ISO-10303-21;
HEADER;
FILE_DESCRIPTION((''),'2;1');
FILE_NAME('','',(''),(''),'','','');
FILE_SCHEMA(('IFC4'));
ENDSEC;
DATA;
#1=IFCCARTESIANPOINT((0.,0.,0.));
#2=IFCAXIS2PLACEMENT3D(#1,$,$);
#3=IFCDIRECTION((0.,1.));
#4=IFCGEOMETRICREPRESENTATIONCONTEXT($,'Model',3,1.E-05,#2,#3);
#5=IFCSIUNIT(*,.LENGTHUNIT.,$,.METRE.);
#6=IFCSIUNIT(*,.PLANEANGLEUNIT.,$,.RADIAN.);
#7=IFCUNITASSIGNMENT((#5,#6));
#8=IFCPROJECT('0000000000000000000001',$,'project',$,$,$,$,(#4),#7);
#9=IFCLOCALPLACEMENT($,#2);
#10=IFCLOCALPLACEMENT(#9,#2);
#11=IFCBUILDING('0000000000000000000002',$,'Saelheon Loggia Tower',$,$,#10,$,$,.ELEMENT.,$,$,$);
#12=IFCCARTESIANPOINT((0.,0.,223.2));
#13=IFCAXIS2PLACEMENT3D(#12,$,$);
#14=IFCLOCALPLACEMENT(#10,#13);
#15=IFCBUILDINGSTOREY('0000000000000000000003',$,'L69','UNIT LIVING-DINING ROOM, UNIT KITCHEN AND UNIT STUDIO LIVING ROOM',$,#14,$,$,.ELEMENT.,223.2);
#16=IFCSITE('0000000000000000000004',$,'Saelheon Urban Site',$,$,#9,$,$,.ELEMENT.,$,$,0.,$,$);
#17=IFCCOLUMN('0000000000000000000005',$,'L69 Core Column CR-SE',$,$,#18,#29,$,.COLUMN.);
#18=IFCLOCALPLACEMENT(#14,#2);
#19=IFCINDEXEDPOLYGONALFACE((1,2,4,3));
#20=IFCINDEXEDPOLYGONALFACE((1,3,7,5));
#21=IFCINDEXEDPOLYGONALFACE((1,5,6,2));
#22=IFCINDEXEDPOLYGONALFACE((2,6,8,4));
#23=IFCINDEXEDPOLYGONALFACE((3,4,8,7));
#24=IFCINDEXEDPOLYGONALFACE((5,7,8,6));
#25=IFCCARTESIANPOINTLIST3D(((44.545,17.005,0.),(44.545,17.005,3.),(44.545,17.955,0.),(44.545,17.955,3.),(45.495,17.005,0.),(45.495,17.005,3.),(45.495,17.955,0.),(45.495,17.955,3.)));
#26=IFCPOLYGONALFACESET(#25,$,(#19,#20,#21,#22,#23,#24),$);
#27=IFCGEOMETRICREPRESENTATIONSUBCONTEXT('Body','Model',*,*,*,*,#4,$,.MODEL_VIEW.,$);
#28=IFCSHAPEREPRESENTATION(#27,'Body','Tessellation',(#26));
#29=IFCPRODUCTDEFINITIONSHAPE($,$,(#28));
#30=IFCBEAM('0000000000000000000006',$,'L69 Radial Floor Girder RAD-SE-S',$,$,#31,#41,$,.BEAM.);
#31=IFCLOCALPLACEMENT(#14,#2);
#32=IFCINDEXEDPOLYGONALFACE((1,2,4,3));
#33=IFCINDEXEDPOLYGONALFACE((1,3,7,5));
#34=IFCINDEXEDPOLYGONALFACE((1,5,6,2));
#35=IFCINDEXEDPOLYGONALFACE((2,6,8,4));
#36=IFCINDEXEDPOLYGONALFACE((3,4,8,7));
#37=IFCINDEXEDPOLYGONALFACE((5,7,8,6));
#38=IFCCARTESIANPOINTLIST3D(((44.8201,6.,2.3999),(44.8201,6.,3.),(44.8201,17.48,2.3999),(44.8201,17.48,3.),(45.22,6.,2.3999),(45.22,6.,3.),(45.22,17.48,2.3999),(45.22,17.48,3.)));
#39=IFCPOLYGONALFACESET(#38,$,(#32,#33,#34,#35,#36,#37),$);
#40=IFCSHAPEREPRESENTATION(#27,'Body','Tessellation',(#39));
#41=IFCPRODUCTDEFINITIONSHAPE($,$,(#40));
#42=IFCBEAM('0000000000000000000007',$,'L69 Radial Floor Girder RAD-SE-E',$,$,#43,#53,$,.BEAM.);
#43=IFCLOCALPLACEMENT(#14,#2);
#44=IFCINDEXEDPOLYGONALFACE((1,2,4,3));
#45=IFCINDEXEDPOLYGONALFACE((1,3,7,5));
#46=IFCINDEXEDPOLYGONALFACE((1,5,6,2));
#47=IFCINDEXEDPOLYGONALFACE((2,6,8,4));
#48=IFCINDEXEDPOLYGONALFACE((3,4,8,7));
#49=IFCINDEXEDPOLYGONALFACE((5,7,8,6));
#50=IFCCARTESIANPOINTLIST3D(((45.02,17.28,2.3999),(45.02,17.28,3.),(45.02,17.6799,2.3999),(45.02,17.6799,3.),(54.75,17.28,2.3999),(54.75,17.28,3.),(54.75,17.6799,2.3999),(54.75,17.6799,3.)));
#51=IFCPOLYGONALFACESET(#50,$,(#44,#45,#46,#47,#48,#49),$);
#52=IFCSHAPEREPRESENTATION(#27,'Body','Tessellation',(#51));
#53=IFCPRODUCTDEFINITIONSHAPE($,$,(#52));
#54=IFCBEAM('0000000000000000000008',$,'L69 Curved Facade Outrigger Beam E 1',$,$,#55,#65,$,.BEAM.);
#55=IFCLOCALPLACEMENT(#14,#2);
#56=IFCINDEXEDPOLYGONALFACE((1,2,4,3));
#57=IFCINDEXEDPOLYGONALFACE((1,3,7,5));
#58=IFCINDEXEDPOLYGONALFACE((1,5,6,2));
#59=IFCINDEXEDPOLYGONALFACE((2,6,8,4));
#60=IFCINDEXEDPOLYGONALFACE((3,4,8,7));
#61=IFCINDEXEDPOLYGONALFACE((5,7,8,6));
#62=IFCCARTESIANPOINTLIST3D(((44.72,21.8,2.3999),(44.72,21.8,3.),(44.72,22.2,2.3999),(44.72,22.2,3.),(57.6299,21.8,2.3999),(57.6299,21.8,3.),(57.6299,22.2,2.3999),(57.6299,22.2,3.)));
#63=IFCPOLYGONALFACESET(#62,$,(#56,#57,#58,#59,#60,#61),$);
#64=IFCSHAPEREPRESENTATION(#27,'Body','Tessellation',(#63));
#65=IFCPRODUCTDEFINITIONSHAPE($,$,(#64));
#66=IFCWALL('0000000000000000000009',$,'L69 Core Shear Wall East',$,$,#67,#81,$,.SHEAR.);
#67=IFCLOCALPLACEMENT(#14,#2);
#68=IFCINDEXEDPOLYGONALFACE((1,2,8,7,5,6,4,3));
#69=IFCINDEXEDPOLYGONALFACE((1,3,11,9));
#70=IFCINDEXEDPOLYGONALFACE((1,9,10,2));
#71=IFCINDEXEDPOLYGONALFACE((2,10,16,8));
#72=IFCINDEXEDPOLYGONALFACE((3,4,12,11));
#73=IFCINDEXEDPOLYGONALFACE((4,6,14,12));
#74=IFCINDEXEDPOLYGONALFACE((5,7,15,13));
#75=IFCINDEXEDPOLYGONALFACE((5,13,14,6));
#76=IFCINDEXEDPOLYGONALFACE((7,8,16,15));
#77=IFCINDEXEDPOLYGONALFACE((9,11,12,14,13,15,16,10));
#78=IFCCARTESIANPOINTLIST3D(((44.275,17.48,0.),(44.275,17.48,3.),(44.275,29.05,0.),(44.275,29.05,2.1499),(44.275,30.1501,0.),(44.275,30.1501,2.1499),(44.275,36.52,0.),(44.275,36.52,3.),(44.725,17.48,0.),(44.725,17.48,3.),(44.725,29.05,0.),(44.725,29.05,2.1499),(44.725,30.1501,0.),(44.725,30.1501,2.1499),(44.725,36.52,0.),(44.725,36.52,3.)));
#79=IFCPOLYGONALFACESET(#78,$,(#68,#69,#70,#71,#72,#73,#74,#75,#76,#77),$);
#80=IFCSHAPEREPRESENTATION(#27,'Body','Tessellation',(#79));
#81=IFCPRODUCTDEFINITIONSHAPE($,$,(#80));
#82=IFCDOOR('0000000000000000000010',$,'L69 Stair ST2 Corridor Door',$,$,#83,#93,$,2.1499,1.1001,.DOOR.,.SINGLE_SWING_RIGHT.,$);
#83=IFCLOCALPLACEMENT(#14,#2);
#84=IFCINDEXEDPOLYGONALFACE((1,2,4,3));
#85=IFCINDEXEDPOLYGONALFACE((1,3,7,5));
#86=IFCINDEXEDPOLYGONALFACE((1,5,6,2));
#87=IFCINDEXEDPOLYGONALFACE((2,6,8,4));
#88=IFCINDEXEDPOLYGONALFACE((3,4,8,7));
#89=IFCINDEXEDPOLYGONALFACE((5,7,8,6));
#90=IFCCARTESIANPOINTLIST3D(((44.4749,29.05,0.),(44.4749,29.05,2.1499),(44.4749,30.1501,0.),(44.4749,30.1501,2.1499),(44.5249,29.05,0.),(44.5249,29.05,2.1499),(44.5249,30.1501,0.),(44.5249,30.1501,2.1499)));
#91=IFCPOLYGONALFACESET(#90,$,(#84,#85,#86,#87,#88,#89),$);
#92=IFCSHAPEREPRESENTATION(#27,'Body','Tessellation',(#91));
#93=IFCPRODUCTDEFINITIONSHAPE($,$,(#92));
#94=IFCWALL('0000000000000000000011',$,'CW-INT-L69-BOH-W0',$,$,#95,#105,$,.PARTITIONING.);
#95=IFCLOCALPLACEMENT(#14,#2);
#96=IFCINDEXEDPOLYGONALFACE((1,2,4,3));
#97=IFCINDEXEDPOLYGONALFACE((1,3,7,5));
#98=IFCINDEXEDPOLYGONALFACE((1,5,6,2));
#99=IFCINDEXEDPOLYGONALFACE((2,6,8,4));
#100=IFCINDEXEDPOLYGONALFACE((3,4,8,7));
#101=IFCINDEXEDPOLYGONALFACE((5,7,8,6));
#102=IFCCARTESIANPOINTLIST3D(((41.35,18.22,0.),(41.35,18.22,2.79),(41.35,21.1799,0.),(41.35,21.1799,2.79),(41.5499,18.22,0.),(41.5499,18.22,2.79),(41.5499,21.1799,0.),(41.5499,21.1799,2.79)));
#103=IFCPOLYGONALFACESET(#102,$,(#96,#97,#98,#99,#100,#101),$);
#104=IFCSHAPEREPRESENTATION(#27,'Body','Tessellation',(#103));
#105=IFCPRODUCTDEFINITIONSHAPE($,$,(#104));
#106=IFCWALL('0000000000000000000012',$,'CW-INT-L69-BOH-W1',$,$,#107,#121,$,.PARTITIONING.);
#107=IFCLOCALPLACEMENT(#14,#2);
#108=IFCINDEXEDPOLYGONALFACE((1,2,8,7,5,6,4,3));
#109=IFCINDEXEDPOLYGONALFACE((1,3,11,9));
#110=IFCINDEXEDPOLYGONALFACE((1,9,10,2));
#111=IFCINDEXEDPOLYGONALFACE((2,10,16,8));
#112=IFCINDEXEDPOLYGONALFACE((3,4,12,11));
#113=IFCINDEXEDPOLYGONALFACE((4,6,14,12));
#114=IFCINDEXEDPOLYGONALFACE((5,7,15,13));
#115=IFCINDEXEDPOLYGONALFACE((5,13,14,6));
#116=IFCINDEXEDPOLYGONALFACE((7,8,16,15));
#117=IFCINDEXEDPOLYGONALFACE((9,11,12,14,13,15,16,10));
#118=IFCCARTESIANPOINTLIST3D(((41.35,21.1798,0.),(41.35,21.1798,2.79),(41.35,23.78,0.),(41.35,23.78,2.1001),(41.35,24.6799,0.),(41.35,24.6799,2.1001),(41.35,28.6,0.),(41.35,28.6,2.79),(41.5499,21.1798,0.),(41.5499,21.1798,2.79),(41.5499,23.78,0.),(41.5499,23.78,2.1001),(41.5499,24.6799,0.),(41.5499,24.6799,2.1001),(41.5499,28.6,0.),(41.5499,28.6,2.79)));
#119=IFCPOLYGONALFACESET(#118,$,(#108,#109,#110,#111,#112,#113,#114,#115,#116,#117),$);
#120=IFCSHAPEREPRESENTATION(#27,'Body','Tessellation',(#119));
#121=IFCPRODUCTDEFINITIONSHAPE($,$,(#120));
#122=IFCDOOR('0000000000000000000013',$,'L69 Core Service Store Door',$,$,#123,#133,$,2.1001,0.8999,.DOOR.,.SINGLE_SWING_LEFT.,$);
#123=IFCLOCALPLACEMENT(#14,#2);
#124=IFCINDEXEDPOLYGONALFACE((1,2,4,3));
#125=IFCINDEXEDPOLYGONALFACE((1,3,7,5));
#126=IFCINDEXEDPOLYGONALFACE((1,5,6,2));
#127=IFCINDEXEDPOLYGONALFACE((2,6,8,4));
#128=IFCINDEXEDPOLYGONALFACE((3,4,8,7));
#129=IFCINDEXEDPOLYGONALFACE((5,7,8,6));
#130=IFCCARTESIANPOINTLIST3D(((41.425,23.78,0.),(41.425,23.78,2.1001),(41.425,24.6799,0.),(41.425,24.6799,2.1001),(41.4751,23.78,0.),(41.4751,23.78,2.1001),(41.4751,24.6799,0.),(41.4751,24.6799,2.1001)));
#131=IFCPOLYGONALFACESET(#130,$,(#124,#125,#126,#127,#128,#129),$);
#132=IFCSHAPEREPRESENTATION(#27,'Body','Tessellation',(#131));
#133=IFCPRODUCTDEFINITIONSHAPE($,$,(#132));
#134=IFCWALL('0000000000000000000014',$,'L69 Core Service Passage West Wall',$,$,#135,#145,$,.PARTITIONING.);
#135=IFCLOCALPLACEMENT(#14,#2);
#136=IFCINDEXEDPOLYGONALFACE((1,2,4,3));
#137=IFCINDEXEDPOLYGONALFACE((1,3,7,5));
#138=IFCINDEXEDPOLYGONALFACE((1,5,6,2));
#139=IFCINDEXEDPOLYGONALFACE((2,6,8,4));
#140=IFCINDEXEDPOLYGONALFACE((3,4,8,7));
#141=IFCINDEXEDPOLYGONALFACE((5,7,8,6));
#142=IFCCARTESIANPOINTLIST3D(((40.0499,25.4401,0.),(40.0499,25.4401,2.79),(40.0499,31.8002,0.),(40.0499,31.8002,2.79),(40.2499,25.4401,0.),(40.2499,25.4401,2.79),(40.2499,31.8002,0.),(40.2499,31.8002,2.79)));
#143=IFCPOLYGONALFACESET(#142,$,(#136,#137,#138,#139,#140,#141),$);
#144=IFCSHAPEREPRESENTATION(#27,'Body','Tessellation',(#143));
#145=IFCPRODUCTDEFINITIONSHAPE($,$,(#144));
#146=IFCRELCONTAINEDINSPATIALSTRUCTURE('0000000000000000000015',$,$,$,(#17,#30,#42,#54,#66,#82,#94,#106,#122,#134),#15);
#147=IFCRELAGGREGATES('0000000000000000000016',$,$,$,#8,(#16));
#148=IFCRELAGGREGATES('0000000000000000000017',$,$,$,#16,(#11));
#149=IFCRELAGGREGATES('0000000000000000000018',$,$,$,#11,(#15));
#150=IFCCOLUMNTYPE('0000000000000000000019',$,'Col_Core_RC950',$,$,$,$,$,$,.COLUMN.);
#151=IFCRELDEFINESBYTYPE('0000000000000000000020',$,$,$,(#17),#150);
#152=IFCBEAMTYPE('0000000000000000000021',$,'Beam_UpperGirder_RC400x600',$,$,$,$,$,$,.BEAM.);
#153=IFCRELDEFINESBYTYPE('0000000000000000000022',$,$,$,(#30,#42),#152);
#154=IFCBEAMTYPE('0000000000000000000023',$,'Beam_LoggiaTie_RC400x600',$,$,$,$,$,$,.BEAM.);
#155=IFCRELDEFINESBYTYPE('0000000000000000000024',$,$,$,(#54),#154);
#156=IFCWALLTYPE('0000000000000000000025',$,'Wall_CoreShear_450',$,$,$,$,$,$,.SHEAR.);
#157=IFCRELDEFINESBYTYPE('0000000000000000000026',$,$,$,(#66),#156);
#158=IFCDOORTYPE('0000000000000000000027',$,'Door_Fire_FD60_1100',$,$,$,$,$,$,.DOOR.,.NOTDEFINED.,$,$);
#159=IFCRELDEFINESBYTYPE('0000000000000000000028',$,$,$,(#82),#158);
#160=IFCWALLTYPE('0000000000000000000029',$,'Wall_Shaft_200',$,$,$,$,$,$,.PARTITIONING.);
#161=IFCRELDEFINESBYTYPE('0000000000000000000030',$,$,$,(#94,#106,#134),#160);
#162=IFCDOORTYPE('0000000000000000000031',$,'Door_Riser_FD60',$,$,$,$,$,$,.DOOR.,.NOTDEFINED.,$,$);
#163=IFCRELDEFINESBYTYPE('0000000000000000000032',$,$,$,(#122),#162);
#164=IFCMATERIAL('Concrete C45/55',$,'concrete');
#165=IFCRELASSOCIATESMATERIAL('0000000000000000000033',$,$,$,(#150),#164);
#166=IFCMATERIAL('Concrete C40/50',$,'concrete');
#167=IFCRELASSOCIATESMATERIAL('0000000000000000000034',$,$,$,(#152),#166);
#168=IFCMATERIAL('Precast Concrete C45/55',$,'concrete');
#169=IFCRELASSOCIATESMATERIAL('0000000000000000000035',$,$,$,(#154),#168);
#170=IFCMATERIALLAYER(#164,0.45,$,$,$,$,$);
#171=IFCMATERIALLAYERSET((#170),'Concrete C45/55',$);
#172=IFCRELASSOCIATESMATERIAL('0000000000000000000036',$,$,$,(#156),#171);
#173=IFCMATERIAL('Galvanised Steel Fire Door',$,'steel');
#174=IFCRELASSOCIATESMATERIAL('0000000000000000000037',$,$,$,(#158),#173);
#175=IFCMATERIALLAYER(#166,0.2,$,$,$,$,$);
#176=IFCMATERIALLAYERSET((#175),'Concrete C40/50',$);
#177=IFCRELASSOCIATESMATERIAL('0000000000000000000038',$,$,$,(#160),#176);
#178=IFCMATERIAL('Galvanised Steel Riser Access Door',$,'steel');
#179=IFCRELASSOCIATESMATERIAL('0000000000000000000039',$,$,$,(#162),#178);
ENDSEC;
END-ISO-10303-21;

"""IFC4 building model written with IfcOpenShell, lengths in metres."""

from ifc_helpers import new_model, si_unit, direction, frame, frame_2d, origin, origin_2d, place, context, subcontext, project, spatial, rectangle, extrude, source, transform, mapped, material, layer, layer_set, material_profile, profile_set, type_object, element, fill, save


model = new_model("IFC4")

# Units and contexts
model_context = context("Model", 3, precision=1e-05, world=origin(), true_north=direction((0.0, 1.0)))
body_context = subcontext(model_context, "Body", "Model", "MODEL_VIEW")
ifc_project = project(units=[si_unit("LENGTHUNIT", "METRE"), si_unit("PLANEANGLEUNIT", "RADIAN")], contexts=[model_context])

# Site, building, storey
site_placement = place(None, origin())
site = spatial("IfcSite", under=ifc_project, at=site_placement, Name="Saelheon Urban Site", CompositionType="ELEMENT", RefElevation=0.0)
building_placement = place(site_placement, origin())
building = spatial("IfcBuilding", under=site, at=building_placement, Name="Saelheon Loggia Tower", CompositionType="ELEMENT")
storey_placement = place(building_placement, frame((0.0, 0.0, 223.2)))
storey = spatial("IfcBuildingStorey", under=building, at=storey_placement, Name="L69", Description="UNIT LIVING-DINING ROOM, UNIT KITCHEN AND UNIT STUDIO LIVING ROOM", CompositionType="ELEMENT", Elevation=223.2)

# Column
ifc_material_1 = material(Name="Concrete C45/55", Category="concrete")
ifc_material_profile_1 = material_profile(ifc_material_1, rectangle(XDim=0.95, YDim=0.95, at=origin_2d()), Name="RC-950x950")
ifc_profile_set_1 = profile_set([ifc_material_profile_1], Name="Concrete C45/55")
column_type = type_object("IfcColumnType", Name="Col_Core_RC950", PredefinedType="COLUMN", material=ifc_profile_set_1)
shared_shape_1 = source(origin(), body_context, "Body", "SweptSolid", [
    extrude(rectangle(XDim=0.95, YDim=0.95, at=origin_2d()), origin(), (0.0, 0.0, 1.0), 3.0),
])
column_placement = place(storey_placement, frame((45.02, 17.48, 0.0), z_axis=(0.0, 0.0, 1.0), x_axis=(1.0, 0.0, 0.0)))
element("IfcColumn", 1, at=column_placement, inside=storey, type_object=column_type, Name="L69 Core Column CR-SE", PredefinedType="COLUMN", context=body_context, shape_type="MappedRepresentation", body=[
    mapped(shared_shape_1, transform((0.0, 0.0, 0.0), scale=1.0)),
])

# Beams
ifc_material_2 = material(Name="Concrete C40/50", Category="concrete")
ifc_material_profile_2 = material_profile(ifc_material_2, rectangle(XDim=0.3999, YDim=0.6001, at=origin_2d()), Name="RC-400x600")
ifc_profile_set_2 = profile_set([ifc_material_profile_2], Name="Concrete C40/50")
beam_type_1 = type_object("IfcBeamType", Name="Beam_UpperGirder_RC400x600", PredefinedType="BEAM", material=ifc_profile_set_2)
shared_shape_2 = source(origin(), body_context, "Body", "SweptSolid", [
    extrude(rectangle(XDim=0.3999, YDim=0.6001, at=origin_2d()), origin(), (0.0, 0.0, 1.0), 11.48),
])
beam_1_placement = place(storey_placement, frame((45.02, 17.48, 2.7), z_axis=(0.0, -1.0, 0.0), x_axis=(1.0, 0.0, 0.0)))
element("IfcBeam", 2, at=beam_1_placement, inside=storey, type_object=beam_type_1, Name="L69 Radial Floor Girder RAD-SE-S", PredefinedType="BEAM", context=body_context, shape_type="MappedRepresentation", body=[
    mapped(shared_shape_2, transform((0.0, 0.0, 0.0), scale=1.0)),
])
shared_shape_3 = source(origin(), body_context, "Body", "SweptSolid", [
    extrude(rectangle(XDim=0.3999, YDim=0.6001, at=origin_2d()), origin(), (0.0, 0.0, 1.0), 9.73),
])
beam_2_placement = place(storey_placement, frame((45.02, 17.48, 2.7), z_axis=(1.0, 0.0, 0.0), x_axis=(0.0, 1.0, 0.0)))
element("IfcBeam", 3, at=beam_2_placement, inside=storey, type_object=beam_type_1, Name="L69 Radial Floor Girder RAD-SE-E", PredefinedType="BEAM", context=body_context, shape_type="MappedRepresentation", body=[
    mapped(shared_shape_3, transform((0.0, 0.0, 0.0), scale=1.0)),
])
ifc_material_3 = material(Name="Precast Concrete C45/55", Category="concrete")
ifc_material_profile_3 = material_profile(ifc_material_3, rectangle(XDim=0.3999, YDim=0.6001, at=origin_2d()), Name="RC-400x600")
ifc_profile_set_3 = profile_set([ifc_material_profile_3], Name="Precast Concrete C45/55")
beam_type_2 = type_object("IfcBeamType", Name="Beam_LoggiaTie_RC400x600", PredefinedType="BEAM", material=ifc_profile_set_3)
shared_shape_4 = source(origin(), body_context, "Body", "SweptSolid", [
    extrude(rectangle(XDim=0.3999, YDim=0.6001, at=origin_2d()), origin(), (0.0, 0.0, 1.0), 12.9099),
])
beam_3_placement = place(storey_placement, frame((44.72, 22.0, 2.7), z_axis=(1.0, 0.0, 0.0), x_axis=(0.0, 1.0, 0.0)))
element("IfcBeam", 4, at=beam_3_placement, inside=storey, type_object=beam_type_2, Name="L69 Curved Facade Outrigger Beam E 1", PredefinedType="BEAM", context=body_context, shape_type="MappedRepresentation", body=[
    mapped(shared_shape_4, transform((0.0, 0.0, 0.0), scale=1.0)),
])

# Wall, opening, door
ifc_layer_1 = layer(ifc_material_1, 0.45)
ifc_layer_set_1 = layer_set([ifc_layer_1], Name="Concrete C45/55")
wall_type_1 = type_object("IfcWallType", Name="Wall_CoreShear_450", PredefinedType="SHEAR", material=ifc_layer_set_1)
wall_1_placement = place(storey_placement, frame((44.5, 17.48, 0.0), z_axis=(0.0, 0.0, 1.0), x_axis=(0.0, 1.0, 0.0)))
wall_1 = element("IfcWall", 5, at=wall_1_placement, inside=storey, type_object=wall_type_1, Name="L69 Core Shear Wall East", PredefinedType="SHEAR", context=body_context, shape_type="SweptSolid", body=[
    extrude(rectangle(XDim=19.04, YDim=0.45, at=frame_2d((9.52, 0.0))), origin(), (0.0, 0.0, 1.0), 3.0),
])
opening_1_placement = place(wall_1_placement, frame((12.6702, 0.0, 0.0), z_axis=(0.0, 0.0, 1.0), x_axis=(-1.0, 0.0, 0.0)))
opening_1 = element("IfcOpeningElement", 6, at=opening_1_placement, cuts=wall_1, PredefinedType="OPENING", context=body_context, shape_type="SweptSolid", body=[
    extrude(rectangle(XDim=1.1001, YDim=2.1499, at=frame_2d((0.55, 1.075))), frame((0.0, 0.2371, 0.0), z_axis=(0.0, -1.0, 0.0), x_axis=(1.0, 0.0, 0.0)), (0.0, 0.0, 1.0), 0.4739),
])
ifc_material_4 = material(Name="Galvanised Steel Fire Door", Category="steel")
door_type_1 = type_object("IfcDoorType", Name="Door_Fire_FD60_1100", OperationType="NOTDEFINED", PredefinedType="DOOR", material=ifc_material_4)
shared_shape_5 = source(origin(), body_context, "Body", "SweptSolid", [
    extrude(rectangle(XDim=1.1001, YDim=2.1499, at=frame_2d((0.55, 1.075))), frame((0.0, 0.0249, 0.0), z_axis=(0.0, -1.0, 0.0), x_axis=(1.0, 0.0, 0.0)), (0.0, 0.0, 1.0), 0.05),
])
door_1_placement = place(opening_1_placement, origin())
door_1 = element("IfcDoor", 7, at=door_1_placement, inside=storey, type_object=door_type_1, Name="L69 Stair ST2 Corridor Door", OperationType="SINGLE_SWING_RIGHT", OverallHeight=2.1499, OverallWidth=1.1001, PredefinedType="DOOR", context=body_context, shape_type="MappedRepresentation", body=[
    mapped(shared_shape_5, transform((0.0, 0.0, 0.0), scale=1.0)),
])
fill(opening_1, door_1)

# Wall
ifc_layer_2 = layer(ifc_material_2, 0.2)
ifc_layer_set_2 = layer_set([ifc_layer_2], Name="Concrete C40/50")
wall_type_2 = type_object("IfcWallType", Name="Wall_Shaft_200", PredefinedType="PARTITIONING", material=ifc_layer_set_2)
wall_2_placement = place(storey_placement, frame((41.45, 18.22, 0.0), z_axis=(0.0, 0.0, 1.0), x_axis=(0.0, 1.0, 0.0)))
element("IfcWall", 8, at=wall_2_placement, inside=storey, type_object=wall_type_2, Name="CW-INT-L69-BOH-W0", PredefinedType="PARTITIONING", context=body_context, shape_type="SweptSolid", body=[
    extrude(rectangle(XDim=2.96, YDim=0.2, at=frame_2d((1.48, 0.0))), origin(), (0.0, 0.0, 1.0), 2.79),
])

# Wall, opening, door
wall_3_placement = place(storey_placement, frame((41.45, 21.1799, 0.0), z_axis=(0.0, 0.0, 1.0), x_axis=(0.0, 1.0, 0.0)))
wall_3 = element("IfcWall", 9, at=wall_3_placement, inside=storey, type_object=wall_type_2, Name="CW-INT-L69-BOH-W1", PredefinedType="PARTITIONING", context=body_context, shape_type="SweptSolid", body=[
    extrude(rectangle(XDim=7.4202, YDim=0.2, at=frame_2d((3.71, 0.0))), origin(), (0.0, 0.0, 1.0), 2.79),
])
opening_2_placement = place(wall_3_placement, frame((2.6001, 0.0, 0.0)))
opening_2 = element("IfcOpeningElement", 10, at=opening_2_placement, cuts=wall_3, PredefinedType="OPENING", context=body_context, shape_type="SweptSolid", body=[
    extrude(rectangle(XDim=0.8999, YDim=2.1001, at=frame_2d((0.45, 1.05))), frame((0.0, 0.1121, 0.0), z_axis=(0.0, -1.0, 0.0), x_axis=(1.0, 0.0, 0.0)), (0.0, 0.0, 1.0), 0.2239),
])
ifc_material_5 = material(Name="Galvanised Steel Riser Access Door", Category="steel")
door_type_2 = type_object("IfcDoorType", Name="Door_Riser_FD60", OperationType="NOTDEFINED", PredefinedType="DOOR", material=ifc_material_5)
shared_shape_6 = source(origin(), body_context, "Body", "SweptSolid", [
    extrude(rectangle(XDim=0.8999, YDim=2.1001, at=frame_2d((0.45, 1.05))), frame((0.0, 0.0249, 0.0), z_axis=(0.0, -1.0, 0.0), x_axis=(1.0, 0.0, 0.0)), (0.0, 0.0, 1.0), 0.05),
])
door_2_placement = place(opening_2_placement, origin())
door_2 = element("IfcDoor", 11, at=door_2_placement, inside=storey, type_object=door_type_2, Name="L69 Core Service Store Door", OperationType="SINGLE_SWING_LEFT", OverallHeight=2.1001, OverallWidth=0.8999, PredefinedType="DOOR", context=body_context, shape_type="MappedRepresentation", body=[
    mapped(shared_shape_6, transform((0.0, 0.0, 0.0), scale=1.0)),
])
fill(opening_2, door_2)

# Wall
wall_4_placement = place(storey_placement, frame((40.1499, 25.4399, 0.0), z_axis=(0.0, 0.0, 1.0), x_axis=(0.0, 1.0, 0.0)))
element("IfcWall", 12, at=wall_4_placement, inside=storey, type_object=wall_type_2, Name="L69 Core Service Passage West Wall", PredefinedType="PARTITIONING", context=body_context, shape_type="SweptSolid", body=[
    extrude(rectangle(XDim=6.3601, YDim=0.2, at=frame_2d((3.1802, 0.0))), origin(), (0.0, 0.0, 1.0), 2.79),
])

save(model, "model.ifc")
